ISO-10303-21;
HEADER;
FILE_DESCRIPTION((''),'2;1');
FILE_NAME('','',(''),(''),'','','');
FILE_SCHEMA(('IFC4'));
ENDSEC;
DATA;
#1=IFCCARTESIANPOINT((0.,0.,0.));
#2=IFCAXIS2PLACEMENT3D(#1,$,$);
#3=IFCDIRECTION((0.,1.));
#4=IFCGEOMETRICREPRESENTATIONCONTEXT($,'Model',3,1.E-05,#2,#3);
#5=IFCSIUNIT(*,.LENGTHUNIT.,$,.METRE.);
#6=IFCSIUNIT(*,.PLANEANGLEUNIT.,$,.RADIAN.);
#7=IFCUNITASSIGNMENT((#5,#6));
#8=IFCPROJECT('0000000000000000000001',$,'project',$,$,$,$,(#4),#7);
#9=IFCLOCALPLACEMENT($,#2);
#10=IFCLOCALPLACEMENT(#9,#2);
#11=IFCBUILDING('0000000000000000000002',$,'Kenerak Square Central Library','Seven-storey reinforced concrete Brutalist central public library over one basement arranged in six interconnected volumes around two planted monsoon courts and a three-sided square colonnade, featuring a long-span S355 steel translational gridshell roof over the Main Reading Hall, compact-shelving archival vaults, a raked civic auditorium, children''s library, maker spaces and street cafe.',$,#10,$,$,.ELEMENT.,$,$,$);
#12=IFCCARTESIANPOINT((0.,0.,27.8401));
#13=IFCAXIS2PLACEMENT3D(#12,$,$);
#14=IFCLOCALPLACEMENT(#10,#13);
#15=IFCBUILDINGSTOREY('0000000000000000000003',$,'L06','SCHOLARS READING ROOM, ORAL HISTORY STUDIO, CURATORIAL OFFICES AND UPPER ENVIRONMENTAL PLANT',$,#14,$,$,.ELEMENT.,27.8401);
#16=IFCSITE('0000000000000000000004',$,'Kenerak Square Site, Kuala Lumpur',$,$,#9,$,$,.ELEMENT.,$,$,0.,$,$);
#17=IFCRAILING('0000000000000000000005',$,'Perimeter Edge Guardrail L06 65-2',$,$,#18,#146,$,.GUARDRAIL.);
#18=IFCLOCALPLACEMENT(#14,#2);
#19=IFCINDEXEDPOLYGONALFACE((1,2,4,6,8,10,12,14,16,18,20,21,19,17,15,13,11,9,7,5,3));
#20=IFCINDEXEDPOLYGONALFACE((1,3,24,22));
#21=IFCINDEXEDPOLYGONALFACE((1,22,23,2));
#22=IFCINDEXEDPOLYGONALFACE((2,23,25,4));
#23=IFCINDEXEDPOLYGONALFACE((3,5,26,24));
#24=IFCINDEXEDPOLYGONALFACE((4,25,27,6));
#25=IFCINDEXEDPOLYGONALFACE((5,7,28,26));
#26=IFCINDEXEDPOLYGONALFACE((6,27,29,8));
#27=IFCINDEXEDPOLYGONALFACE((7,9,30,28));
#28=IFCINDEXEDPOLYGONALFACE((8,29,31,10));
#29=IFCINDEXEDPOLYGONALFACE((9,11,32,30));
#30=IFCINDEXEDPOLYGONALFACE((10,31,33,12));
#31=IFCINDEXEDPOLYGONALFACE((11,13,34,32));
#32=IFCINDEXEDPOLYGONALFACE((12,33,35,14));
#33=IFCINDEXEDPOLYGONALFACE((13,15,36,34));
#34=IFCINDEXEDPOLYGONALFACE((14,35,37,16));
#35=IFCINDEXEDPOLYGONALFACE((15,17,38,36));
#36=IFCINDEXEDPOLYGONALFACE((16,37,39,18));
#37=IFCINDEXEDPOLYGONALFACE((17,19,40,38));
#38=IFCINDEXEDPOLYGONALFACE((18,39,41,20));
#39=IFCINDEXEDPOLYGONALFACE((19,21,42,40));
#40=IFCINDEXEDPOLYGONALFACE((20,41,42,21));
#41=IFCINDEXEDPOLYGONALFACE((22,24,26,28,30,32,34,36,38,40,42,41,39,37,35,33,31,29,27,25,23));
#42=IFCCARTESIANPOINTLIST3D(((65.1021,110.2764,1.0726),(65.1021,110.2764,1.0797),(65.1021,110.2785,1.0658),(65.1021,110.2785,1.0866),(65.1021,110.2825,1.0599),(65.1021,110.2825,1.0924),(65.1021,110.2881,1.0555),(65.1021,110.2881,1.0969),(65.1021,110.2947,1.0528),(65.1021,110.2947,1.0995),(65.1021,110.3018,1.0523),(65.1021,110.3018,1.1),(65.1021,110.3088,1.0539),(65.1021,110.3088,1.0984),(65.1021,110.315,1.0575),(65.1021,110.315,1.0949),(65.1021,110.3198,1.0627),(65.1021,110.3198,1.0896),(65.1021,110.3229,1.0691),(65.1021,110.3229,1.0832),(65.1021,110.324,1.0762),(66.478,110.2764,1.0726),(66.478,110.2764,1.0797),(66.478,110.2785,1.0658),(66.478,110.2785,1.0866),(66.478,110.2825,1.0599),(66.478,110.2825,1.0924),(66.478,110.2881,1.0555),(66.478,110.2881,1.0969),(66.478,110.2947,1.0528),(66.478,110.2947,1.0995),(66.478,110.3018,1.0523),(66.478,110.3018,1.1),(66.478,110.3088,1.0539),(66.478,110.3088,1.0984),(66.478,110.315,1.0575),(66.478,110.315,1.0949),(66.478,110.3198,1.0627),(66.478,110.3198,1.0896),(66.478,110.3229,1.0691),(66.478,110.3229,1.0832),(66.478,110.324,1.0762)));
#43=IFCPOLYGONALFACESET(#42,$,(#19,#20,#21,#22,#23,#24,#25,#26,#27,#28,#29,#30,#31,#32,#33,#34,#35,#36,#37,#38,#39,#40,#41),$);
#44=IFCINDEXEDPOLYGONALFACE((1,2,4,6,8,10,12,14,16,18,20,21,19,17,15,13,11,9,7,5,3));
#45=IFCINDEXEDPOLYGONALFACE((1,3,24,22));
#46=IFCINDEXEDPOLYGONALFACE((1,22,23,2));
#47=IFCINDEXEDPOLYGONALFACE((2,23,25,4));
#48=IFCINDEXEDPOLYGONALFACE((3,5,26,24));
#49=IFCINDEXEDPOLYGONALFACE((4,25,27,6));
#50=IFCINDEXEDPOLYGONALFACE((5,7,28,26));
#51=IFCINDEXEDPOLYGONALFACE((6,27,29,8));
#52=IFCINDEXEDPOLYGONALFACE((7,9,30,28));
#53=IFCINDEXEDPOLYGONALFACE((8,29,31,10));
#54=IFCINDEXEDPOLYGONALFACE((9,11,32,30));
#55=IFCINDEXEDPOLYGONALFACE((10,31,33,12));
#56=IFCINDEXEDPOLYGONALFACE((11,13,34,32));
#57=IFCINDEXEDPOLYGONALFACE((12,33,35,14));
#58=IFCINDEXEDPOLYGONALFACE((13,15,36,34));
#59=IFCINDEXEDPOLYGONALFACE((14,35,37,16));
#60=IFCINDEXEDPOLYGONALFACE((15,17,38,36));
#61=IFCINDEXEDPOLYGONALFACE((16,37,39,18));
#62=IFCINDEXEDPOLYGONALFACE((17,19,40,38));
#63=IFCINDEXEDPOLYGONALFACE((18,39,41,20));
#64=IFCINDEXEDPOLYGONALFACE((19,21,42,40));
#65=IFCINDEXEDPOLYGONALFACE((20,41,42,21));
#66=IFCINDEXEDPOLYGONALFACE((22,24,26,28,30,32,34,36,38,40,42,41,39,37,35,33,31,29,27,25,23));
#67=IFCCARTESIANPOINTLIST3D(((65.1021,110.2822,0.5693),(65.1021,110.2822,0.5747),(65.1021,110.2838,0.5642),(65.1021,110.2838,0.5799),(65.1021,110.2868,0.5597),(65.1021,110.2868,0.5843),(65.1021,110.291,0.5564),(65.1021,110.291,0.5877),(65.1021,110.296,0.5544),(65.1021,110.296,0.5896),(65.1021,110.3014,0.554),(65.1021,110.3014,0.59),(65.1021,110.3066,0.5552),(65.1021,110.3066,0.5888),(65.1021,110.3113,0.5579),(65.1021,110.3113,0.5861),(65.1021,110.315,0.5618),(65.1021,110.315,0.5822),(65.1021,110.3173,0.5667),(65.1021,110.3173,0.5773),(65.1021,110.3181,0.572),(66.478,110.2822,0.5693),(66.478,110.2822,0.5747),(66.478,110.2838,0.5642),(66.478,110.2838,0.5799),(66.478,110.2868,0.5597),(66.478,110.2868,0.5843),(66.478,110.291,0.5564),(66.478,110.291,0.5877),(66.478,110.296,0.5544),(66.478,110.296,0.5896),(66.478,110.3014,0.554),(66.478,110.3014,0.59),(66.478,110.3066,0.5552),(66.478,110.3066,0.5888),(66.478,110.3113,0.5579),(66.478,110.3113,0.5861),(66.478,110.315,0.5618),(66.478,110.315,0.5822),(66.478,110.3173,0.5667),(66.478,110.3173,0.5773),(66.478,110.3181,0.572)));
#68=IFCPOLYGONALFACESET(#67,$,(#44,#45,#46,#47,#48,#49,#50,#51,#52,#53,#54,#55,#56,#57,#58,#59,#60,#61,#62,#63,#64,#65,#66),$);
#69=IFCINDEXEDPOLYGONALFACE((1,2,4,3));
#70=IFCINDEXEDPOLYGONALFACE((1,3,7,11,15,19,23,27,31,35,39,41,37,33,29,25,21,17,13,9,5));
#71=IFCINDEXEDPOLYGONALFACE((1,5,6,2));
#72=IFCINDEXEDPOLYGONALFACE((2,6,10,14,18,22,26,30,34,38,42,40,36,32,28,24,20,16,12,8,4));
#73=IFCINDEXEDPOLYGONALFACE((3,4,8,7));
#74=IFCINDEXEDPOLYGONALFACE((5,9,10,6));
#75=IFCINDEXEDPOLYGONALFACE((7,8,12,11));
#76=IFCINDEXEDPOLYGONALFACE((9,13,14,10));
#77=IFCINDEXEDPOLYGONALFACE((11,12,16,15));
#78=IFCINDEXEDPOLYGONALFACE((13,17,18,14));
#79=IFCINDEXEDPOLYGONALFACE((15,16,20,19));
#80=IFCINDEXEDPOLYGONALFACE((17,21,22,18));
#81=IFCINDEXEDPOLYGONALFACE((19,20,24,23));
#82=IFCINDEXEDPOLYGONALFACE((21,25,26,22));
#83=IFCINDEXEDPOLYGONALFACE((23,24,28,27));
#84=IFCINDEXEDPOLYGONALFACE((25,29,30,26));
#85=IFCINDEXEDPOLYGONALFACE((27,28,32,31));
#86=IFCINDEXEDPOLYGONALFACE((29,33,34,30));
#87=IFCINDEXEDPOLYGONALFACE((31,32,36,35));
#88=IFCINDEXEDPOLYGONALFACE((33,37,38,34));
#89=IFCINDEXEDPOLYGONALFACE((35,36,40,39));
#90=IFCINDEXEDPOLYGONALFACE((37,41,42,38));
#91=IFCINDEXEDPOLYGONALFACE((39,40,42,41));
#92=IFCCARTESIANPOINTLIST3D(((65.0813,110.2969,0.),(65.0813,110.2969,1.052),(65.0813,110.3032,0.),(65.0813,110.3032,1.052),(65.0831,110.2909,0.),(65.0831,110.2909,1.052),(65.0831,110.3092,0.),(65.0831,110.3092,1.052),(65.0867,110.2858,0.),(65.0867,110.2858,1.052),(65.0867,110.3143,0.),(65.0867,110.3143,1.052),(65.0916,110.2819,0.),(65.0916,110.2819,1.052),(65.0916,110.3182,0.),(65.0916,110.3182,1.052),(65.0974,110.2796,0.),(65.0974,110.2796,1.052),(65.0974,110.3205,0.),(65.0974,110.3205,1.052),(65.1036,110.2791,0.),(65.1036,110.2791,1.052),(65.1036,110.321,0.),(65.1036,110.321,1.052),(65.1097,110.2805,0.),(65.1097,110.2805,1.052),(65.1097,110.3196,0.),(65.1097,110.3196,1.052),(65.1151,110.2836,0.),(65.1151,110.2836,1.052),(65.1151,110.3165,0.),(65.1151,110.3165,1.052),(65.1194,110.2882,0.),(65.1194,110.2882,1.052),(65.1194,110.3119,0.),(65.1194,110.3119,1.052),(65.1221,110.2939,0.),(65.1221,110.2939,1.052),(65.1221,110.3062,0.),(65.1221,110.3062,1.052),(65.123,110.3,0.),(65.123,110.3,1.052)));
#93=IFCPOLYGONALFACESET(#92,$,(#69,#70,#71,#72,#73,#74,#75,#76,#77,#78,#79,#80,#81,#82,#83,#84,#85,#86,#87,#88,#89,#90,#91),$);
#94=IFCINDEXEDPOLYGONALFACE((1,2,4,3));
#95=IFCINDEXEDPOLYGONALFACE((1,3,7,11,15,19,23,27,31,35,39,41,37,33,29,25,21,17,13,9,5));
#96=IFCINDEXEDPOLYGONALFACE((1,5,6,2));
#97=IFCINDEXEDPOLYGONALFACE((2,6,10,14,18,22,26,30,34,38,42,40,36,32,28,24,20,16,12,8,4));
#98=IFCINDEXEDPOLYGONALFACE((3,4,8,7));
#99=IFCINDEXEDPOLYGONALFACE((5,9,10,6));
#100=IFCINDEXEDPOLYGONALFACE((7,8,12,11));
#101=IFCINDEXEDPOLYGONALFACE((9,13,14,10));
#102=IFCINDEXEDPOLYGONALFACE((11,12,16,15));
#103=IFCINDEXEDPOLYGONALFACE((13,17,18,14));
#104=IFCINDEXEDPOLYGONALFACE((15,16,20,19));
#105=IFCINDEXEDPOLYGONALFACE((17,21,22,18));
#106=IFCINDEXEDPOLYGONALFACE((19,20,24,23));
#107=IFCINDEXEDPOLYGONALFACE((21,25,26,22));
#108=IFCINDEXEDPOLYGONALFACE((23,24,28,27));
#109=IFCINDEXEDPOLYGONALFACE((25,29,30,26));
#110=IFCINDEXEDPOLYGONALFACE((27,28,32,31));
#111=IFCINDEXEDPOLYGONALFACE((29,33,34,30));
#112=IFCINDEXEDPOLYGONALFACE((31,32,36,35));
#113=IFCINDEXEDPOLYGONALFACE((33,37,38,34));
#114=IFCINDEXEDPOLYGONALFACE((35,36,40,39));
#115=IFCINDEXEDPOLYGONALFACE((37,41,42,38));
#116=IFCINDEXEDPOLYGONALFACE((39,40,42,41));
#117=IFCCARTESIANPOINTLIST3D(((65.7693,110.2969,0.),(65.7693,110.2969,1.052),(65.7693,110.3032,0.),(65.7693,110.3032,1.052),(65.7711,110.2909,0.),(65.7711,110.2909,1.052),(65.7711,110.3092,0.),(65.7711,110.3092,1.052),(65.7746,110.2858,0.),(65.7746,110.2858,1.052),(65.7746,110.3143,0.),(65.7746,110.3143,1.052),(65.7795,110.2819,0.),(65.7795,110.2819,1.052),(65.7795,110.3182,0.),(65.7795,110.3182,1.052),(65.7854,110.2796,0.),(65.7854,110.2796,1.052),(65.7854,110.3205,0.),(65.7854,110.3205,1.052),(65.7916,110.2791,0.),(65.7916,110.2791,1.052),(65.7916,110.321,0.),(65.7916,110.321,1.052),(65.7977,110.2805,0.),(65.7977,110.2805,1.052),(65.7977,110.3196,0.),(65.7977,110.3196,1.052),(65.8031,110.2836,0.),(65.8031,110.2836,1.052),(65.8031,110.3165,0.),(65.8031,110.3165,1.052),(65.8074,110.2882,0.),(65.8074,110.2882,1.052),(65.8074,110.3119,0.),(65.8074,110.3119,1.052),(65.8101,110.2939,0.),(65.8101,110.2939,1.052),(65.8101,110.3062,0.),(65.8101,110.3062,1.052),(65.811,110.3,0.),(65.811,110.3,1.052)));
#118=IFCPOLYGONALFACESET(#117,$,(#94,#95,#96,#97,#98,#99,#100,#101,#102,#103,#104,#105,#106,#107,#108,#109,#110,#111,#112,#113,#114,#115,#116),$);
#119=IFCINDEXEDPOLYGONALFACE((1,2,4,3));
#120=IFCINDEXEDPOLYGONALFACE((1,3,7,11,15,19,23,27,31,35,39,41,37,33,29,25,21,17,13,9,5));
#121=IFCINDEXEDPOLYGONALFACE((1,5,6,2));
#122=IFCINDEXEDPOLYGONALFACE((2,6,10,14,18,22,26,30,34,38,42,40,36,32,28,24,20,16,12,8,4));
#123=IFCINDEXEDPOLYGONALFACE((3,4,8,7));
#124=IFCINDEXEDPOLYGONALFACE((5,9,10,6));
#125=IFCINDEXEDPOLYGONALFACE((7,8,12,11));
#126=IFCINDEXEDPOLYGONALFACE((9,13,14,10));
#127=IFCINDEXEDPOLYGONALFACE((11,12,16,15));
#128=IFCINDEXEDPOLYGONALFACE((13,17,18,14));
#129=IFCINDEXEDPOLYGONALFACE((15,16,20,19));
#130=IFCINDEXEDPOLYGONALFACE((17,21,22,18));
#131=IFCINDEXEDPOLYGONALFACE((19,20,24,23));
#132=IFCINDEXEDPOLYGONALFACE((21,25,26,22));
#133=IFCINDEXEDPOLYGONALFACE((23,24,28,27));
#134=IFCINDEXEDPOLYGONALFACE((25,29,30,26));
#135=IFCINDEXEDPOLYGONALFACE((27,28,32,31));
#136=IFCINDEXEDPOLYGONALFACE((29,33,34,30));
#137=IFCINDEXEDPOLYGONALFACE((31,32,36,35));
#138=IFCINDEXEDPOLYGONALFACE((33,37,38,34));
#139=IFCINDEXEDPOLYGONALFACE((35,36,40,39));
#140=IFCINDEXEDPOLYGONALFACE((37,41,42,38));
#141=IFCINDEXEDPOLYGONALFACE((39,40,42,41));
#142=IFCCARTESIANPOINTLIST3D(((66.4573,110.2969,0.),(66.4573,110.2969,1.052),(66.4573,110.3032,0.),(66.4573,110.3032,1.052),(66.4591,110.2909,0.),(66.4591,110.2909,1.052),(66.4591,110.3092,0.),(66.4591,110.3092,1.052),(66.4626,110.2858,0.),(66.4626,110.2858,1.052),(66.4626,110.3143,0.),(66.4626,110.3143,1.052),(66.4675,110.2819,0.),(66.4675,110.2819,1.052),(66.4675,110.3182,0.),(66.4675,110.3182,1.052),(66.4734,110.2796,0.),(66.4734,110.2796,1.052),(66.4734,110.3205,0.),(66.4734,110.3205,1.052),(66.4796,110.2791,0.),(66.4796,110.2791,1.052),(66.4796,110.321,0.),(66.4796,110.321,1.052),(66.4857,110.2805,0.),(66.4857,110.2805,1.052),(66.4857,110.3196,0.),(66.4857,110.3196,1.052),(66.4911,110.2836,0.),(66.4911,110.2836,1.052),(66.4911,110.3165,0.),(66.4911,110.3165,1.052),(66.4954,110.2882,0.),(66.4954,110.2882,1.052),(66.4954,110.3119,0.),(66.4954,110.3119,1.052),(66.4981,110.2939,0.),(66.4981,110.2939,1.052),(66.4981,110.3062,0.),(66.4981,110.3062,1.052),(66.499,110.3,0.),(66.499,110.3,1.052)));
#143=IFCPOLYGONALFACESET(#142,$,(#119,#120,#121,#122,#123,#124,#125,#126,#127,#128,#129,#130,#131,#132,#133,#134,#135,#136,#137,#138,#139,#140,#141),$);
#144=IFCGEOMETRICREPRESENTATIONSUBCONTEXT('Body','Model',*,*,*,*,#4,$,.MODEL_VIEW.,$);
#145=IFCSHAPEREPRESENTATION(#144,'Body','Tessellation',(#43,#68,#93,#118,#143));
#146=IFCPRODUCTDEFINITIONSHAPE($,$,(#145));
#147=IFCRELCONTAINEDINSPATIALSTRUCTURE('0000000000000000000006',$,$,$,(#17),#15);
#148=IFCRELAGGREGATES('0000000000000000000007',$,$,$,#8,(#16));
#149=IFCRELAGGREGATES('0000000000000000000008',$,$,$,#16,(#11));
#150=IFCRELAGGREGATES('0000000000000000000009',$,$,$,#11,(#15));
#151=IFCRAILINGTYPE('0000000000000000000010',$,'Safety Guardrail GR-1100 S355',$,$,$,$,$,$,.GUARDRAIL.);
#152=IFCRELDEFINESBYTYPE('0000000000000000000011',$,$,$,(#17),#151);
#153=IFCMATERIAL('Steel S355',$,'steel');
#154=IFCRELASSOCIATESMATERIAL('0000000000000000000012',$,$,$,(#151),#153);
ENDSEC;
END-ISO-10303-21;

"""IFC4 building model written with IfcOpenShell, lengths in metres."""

from ifc_helpers import new_model, si_unit, direction, frame, origin, origin_2d, place, context, subcontext, project, spatial, circle, extrude, material, type_object, element, save


model = new_model("IFC4")

# Units and contexts
model_context = context("Model", 3, precision=1e-05, world=origin(), true_north=direction((0.0, 1.0)))
body_context = subcontext(model_context, "Body", "Model", "MODEL_VIEW")
ifc_project = project(units=[si_unit("LENGTHUNIT", "METRE"), si_unit("PLANEANGLEUNIT", "RADIAN")], contexts=[model_context])

# Site, building, storey
site_placement = place(None, origin())
site = spatial("IfcSite", under=ifc_project, at=site_placement, Name="Kenerak Square Site, Kuala Lumpur", CompositionType="ELEMENT", RefElevation=0.0)
building_placement = place(site_placement, origin())
building = spatial("IfcBuilding", under=site, at=building_placement, Name="Kenerak Square Central Library", Description="Seven-storey reinforced concrete Brutalist central public library over one basement arranged in six interconnected volumes around two planted monsoon courts and a three-sided square colonnade, featuring a long-span S355 steel translational gridshell roof over the Main Reading Hall, compact-shelving archival vaults, a raked civic auditorium, children's library, maker spaces and street cafe.", CompositionType="ELEMENT")
storey_placement = place(building_placement, frame((0.0, 0.0, 27.8401)))
storey = spatial("IfcBuildingStorey", under=building, at=storey_placement, Name="L06", Description="SCHOLARS READING ROOM, ORAL HISTORY STUDIO, CURATORIAL OFFICES AND UPPER ENVIRONMENTAL PLANT", CompositionType="ELEMENT", Elevation=27.8401)

# Shared definitions
ifc_material_1 = material(Name="Steel S355", Category="steel")

# Railing
railing_type = type_object("IfcRailingType", Name="Safety Guardrail GR-1100 S355", PredefinedType="GUARDRAIL", material=ifc_material_1)
for number, where, name in (
    (1, (65.1021, 110.3, 0.0), "Perimeter Edge Guardrail L06 65-2"),
):
    element("IfcRailing", number, at=place(storey_placement, frame(where)), inside=storey, type_object=railing_type, Name=name, PredefinedType="GUARDRAIL", context=body_context, shape_type="SweptSolid", body=[
        extrude(circle(Radius=0.0239, at=origin_2d()), frame((0.0, 0.0, 1.0762), z_axis=(1.0, 0.0, 0.0), x_axis=(0.0, 1.0, 0.0)), (0.0, 0.0, 1.0), 1.376),
        extrude(circle(Radius=0.0181, at=origin_2d()), frame((0.0, 0.0, 0.572), z_axis=(1.0, 0.0, 0.0), x_axis=(0.0, 1.0, 0.0)), (0.0, 0.0, 1.0), 1.376),
        extrude(circle(Radius=0.021, at=origin_2d()), origin(), (0.0, 0.0, 1.0), 1.052),
        extrude(circle(Radius=0.021, at=origin_2d()), frame((0.688, 0.0, 0.0)), (0.0, 0.0, 1.0), 1.052),
        extrude(circle(Radius=0.021, at=origin_2d()), frame((1.376, 0.0, 0.0)), (0.0, 0.0, 1.0), 1.052),
    ])

save(model, "model.ifc")
